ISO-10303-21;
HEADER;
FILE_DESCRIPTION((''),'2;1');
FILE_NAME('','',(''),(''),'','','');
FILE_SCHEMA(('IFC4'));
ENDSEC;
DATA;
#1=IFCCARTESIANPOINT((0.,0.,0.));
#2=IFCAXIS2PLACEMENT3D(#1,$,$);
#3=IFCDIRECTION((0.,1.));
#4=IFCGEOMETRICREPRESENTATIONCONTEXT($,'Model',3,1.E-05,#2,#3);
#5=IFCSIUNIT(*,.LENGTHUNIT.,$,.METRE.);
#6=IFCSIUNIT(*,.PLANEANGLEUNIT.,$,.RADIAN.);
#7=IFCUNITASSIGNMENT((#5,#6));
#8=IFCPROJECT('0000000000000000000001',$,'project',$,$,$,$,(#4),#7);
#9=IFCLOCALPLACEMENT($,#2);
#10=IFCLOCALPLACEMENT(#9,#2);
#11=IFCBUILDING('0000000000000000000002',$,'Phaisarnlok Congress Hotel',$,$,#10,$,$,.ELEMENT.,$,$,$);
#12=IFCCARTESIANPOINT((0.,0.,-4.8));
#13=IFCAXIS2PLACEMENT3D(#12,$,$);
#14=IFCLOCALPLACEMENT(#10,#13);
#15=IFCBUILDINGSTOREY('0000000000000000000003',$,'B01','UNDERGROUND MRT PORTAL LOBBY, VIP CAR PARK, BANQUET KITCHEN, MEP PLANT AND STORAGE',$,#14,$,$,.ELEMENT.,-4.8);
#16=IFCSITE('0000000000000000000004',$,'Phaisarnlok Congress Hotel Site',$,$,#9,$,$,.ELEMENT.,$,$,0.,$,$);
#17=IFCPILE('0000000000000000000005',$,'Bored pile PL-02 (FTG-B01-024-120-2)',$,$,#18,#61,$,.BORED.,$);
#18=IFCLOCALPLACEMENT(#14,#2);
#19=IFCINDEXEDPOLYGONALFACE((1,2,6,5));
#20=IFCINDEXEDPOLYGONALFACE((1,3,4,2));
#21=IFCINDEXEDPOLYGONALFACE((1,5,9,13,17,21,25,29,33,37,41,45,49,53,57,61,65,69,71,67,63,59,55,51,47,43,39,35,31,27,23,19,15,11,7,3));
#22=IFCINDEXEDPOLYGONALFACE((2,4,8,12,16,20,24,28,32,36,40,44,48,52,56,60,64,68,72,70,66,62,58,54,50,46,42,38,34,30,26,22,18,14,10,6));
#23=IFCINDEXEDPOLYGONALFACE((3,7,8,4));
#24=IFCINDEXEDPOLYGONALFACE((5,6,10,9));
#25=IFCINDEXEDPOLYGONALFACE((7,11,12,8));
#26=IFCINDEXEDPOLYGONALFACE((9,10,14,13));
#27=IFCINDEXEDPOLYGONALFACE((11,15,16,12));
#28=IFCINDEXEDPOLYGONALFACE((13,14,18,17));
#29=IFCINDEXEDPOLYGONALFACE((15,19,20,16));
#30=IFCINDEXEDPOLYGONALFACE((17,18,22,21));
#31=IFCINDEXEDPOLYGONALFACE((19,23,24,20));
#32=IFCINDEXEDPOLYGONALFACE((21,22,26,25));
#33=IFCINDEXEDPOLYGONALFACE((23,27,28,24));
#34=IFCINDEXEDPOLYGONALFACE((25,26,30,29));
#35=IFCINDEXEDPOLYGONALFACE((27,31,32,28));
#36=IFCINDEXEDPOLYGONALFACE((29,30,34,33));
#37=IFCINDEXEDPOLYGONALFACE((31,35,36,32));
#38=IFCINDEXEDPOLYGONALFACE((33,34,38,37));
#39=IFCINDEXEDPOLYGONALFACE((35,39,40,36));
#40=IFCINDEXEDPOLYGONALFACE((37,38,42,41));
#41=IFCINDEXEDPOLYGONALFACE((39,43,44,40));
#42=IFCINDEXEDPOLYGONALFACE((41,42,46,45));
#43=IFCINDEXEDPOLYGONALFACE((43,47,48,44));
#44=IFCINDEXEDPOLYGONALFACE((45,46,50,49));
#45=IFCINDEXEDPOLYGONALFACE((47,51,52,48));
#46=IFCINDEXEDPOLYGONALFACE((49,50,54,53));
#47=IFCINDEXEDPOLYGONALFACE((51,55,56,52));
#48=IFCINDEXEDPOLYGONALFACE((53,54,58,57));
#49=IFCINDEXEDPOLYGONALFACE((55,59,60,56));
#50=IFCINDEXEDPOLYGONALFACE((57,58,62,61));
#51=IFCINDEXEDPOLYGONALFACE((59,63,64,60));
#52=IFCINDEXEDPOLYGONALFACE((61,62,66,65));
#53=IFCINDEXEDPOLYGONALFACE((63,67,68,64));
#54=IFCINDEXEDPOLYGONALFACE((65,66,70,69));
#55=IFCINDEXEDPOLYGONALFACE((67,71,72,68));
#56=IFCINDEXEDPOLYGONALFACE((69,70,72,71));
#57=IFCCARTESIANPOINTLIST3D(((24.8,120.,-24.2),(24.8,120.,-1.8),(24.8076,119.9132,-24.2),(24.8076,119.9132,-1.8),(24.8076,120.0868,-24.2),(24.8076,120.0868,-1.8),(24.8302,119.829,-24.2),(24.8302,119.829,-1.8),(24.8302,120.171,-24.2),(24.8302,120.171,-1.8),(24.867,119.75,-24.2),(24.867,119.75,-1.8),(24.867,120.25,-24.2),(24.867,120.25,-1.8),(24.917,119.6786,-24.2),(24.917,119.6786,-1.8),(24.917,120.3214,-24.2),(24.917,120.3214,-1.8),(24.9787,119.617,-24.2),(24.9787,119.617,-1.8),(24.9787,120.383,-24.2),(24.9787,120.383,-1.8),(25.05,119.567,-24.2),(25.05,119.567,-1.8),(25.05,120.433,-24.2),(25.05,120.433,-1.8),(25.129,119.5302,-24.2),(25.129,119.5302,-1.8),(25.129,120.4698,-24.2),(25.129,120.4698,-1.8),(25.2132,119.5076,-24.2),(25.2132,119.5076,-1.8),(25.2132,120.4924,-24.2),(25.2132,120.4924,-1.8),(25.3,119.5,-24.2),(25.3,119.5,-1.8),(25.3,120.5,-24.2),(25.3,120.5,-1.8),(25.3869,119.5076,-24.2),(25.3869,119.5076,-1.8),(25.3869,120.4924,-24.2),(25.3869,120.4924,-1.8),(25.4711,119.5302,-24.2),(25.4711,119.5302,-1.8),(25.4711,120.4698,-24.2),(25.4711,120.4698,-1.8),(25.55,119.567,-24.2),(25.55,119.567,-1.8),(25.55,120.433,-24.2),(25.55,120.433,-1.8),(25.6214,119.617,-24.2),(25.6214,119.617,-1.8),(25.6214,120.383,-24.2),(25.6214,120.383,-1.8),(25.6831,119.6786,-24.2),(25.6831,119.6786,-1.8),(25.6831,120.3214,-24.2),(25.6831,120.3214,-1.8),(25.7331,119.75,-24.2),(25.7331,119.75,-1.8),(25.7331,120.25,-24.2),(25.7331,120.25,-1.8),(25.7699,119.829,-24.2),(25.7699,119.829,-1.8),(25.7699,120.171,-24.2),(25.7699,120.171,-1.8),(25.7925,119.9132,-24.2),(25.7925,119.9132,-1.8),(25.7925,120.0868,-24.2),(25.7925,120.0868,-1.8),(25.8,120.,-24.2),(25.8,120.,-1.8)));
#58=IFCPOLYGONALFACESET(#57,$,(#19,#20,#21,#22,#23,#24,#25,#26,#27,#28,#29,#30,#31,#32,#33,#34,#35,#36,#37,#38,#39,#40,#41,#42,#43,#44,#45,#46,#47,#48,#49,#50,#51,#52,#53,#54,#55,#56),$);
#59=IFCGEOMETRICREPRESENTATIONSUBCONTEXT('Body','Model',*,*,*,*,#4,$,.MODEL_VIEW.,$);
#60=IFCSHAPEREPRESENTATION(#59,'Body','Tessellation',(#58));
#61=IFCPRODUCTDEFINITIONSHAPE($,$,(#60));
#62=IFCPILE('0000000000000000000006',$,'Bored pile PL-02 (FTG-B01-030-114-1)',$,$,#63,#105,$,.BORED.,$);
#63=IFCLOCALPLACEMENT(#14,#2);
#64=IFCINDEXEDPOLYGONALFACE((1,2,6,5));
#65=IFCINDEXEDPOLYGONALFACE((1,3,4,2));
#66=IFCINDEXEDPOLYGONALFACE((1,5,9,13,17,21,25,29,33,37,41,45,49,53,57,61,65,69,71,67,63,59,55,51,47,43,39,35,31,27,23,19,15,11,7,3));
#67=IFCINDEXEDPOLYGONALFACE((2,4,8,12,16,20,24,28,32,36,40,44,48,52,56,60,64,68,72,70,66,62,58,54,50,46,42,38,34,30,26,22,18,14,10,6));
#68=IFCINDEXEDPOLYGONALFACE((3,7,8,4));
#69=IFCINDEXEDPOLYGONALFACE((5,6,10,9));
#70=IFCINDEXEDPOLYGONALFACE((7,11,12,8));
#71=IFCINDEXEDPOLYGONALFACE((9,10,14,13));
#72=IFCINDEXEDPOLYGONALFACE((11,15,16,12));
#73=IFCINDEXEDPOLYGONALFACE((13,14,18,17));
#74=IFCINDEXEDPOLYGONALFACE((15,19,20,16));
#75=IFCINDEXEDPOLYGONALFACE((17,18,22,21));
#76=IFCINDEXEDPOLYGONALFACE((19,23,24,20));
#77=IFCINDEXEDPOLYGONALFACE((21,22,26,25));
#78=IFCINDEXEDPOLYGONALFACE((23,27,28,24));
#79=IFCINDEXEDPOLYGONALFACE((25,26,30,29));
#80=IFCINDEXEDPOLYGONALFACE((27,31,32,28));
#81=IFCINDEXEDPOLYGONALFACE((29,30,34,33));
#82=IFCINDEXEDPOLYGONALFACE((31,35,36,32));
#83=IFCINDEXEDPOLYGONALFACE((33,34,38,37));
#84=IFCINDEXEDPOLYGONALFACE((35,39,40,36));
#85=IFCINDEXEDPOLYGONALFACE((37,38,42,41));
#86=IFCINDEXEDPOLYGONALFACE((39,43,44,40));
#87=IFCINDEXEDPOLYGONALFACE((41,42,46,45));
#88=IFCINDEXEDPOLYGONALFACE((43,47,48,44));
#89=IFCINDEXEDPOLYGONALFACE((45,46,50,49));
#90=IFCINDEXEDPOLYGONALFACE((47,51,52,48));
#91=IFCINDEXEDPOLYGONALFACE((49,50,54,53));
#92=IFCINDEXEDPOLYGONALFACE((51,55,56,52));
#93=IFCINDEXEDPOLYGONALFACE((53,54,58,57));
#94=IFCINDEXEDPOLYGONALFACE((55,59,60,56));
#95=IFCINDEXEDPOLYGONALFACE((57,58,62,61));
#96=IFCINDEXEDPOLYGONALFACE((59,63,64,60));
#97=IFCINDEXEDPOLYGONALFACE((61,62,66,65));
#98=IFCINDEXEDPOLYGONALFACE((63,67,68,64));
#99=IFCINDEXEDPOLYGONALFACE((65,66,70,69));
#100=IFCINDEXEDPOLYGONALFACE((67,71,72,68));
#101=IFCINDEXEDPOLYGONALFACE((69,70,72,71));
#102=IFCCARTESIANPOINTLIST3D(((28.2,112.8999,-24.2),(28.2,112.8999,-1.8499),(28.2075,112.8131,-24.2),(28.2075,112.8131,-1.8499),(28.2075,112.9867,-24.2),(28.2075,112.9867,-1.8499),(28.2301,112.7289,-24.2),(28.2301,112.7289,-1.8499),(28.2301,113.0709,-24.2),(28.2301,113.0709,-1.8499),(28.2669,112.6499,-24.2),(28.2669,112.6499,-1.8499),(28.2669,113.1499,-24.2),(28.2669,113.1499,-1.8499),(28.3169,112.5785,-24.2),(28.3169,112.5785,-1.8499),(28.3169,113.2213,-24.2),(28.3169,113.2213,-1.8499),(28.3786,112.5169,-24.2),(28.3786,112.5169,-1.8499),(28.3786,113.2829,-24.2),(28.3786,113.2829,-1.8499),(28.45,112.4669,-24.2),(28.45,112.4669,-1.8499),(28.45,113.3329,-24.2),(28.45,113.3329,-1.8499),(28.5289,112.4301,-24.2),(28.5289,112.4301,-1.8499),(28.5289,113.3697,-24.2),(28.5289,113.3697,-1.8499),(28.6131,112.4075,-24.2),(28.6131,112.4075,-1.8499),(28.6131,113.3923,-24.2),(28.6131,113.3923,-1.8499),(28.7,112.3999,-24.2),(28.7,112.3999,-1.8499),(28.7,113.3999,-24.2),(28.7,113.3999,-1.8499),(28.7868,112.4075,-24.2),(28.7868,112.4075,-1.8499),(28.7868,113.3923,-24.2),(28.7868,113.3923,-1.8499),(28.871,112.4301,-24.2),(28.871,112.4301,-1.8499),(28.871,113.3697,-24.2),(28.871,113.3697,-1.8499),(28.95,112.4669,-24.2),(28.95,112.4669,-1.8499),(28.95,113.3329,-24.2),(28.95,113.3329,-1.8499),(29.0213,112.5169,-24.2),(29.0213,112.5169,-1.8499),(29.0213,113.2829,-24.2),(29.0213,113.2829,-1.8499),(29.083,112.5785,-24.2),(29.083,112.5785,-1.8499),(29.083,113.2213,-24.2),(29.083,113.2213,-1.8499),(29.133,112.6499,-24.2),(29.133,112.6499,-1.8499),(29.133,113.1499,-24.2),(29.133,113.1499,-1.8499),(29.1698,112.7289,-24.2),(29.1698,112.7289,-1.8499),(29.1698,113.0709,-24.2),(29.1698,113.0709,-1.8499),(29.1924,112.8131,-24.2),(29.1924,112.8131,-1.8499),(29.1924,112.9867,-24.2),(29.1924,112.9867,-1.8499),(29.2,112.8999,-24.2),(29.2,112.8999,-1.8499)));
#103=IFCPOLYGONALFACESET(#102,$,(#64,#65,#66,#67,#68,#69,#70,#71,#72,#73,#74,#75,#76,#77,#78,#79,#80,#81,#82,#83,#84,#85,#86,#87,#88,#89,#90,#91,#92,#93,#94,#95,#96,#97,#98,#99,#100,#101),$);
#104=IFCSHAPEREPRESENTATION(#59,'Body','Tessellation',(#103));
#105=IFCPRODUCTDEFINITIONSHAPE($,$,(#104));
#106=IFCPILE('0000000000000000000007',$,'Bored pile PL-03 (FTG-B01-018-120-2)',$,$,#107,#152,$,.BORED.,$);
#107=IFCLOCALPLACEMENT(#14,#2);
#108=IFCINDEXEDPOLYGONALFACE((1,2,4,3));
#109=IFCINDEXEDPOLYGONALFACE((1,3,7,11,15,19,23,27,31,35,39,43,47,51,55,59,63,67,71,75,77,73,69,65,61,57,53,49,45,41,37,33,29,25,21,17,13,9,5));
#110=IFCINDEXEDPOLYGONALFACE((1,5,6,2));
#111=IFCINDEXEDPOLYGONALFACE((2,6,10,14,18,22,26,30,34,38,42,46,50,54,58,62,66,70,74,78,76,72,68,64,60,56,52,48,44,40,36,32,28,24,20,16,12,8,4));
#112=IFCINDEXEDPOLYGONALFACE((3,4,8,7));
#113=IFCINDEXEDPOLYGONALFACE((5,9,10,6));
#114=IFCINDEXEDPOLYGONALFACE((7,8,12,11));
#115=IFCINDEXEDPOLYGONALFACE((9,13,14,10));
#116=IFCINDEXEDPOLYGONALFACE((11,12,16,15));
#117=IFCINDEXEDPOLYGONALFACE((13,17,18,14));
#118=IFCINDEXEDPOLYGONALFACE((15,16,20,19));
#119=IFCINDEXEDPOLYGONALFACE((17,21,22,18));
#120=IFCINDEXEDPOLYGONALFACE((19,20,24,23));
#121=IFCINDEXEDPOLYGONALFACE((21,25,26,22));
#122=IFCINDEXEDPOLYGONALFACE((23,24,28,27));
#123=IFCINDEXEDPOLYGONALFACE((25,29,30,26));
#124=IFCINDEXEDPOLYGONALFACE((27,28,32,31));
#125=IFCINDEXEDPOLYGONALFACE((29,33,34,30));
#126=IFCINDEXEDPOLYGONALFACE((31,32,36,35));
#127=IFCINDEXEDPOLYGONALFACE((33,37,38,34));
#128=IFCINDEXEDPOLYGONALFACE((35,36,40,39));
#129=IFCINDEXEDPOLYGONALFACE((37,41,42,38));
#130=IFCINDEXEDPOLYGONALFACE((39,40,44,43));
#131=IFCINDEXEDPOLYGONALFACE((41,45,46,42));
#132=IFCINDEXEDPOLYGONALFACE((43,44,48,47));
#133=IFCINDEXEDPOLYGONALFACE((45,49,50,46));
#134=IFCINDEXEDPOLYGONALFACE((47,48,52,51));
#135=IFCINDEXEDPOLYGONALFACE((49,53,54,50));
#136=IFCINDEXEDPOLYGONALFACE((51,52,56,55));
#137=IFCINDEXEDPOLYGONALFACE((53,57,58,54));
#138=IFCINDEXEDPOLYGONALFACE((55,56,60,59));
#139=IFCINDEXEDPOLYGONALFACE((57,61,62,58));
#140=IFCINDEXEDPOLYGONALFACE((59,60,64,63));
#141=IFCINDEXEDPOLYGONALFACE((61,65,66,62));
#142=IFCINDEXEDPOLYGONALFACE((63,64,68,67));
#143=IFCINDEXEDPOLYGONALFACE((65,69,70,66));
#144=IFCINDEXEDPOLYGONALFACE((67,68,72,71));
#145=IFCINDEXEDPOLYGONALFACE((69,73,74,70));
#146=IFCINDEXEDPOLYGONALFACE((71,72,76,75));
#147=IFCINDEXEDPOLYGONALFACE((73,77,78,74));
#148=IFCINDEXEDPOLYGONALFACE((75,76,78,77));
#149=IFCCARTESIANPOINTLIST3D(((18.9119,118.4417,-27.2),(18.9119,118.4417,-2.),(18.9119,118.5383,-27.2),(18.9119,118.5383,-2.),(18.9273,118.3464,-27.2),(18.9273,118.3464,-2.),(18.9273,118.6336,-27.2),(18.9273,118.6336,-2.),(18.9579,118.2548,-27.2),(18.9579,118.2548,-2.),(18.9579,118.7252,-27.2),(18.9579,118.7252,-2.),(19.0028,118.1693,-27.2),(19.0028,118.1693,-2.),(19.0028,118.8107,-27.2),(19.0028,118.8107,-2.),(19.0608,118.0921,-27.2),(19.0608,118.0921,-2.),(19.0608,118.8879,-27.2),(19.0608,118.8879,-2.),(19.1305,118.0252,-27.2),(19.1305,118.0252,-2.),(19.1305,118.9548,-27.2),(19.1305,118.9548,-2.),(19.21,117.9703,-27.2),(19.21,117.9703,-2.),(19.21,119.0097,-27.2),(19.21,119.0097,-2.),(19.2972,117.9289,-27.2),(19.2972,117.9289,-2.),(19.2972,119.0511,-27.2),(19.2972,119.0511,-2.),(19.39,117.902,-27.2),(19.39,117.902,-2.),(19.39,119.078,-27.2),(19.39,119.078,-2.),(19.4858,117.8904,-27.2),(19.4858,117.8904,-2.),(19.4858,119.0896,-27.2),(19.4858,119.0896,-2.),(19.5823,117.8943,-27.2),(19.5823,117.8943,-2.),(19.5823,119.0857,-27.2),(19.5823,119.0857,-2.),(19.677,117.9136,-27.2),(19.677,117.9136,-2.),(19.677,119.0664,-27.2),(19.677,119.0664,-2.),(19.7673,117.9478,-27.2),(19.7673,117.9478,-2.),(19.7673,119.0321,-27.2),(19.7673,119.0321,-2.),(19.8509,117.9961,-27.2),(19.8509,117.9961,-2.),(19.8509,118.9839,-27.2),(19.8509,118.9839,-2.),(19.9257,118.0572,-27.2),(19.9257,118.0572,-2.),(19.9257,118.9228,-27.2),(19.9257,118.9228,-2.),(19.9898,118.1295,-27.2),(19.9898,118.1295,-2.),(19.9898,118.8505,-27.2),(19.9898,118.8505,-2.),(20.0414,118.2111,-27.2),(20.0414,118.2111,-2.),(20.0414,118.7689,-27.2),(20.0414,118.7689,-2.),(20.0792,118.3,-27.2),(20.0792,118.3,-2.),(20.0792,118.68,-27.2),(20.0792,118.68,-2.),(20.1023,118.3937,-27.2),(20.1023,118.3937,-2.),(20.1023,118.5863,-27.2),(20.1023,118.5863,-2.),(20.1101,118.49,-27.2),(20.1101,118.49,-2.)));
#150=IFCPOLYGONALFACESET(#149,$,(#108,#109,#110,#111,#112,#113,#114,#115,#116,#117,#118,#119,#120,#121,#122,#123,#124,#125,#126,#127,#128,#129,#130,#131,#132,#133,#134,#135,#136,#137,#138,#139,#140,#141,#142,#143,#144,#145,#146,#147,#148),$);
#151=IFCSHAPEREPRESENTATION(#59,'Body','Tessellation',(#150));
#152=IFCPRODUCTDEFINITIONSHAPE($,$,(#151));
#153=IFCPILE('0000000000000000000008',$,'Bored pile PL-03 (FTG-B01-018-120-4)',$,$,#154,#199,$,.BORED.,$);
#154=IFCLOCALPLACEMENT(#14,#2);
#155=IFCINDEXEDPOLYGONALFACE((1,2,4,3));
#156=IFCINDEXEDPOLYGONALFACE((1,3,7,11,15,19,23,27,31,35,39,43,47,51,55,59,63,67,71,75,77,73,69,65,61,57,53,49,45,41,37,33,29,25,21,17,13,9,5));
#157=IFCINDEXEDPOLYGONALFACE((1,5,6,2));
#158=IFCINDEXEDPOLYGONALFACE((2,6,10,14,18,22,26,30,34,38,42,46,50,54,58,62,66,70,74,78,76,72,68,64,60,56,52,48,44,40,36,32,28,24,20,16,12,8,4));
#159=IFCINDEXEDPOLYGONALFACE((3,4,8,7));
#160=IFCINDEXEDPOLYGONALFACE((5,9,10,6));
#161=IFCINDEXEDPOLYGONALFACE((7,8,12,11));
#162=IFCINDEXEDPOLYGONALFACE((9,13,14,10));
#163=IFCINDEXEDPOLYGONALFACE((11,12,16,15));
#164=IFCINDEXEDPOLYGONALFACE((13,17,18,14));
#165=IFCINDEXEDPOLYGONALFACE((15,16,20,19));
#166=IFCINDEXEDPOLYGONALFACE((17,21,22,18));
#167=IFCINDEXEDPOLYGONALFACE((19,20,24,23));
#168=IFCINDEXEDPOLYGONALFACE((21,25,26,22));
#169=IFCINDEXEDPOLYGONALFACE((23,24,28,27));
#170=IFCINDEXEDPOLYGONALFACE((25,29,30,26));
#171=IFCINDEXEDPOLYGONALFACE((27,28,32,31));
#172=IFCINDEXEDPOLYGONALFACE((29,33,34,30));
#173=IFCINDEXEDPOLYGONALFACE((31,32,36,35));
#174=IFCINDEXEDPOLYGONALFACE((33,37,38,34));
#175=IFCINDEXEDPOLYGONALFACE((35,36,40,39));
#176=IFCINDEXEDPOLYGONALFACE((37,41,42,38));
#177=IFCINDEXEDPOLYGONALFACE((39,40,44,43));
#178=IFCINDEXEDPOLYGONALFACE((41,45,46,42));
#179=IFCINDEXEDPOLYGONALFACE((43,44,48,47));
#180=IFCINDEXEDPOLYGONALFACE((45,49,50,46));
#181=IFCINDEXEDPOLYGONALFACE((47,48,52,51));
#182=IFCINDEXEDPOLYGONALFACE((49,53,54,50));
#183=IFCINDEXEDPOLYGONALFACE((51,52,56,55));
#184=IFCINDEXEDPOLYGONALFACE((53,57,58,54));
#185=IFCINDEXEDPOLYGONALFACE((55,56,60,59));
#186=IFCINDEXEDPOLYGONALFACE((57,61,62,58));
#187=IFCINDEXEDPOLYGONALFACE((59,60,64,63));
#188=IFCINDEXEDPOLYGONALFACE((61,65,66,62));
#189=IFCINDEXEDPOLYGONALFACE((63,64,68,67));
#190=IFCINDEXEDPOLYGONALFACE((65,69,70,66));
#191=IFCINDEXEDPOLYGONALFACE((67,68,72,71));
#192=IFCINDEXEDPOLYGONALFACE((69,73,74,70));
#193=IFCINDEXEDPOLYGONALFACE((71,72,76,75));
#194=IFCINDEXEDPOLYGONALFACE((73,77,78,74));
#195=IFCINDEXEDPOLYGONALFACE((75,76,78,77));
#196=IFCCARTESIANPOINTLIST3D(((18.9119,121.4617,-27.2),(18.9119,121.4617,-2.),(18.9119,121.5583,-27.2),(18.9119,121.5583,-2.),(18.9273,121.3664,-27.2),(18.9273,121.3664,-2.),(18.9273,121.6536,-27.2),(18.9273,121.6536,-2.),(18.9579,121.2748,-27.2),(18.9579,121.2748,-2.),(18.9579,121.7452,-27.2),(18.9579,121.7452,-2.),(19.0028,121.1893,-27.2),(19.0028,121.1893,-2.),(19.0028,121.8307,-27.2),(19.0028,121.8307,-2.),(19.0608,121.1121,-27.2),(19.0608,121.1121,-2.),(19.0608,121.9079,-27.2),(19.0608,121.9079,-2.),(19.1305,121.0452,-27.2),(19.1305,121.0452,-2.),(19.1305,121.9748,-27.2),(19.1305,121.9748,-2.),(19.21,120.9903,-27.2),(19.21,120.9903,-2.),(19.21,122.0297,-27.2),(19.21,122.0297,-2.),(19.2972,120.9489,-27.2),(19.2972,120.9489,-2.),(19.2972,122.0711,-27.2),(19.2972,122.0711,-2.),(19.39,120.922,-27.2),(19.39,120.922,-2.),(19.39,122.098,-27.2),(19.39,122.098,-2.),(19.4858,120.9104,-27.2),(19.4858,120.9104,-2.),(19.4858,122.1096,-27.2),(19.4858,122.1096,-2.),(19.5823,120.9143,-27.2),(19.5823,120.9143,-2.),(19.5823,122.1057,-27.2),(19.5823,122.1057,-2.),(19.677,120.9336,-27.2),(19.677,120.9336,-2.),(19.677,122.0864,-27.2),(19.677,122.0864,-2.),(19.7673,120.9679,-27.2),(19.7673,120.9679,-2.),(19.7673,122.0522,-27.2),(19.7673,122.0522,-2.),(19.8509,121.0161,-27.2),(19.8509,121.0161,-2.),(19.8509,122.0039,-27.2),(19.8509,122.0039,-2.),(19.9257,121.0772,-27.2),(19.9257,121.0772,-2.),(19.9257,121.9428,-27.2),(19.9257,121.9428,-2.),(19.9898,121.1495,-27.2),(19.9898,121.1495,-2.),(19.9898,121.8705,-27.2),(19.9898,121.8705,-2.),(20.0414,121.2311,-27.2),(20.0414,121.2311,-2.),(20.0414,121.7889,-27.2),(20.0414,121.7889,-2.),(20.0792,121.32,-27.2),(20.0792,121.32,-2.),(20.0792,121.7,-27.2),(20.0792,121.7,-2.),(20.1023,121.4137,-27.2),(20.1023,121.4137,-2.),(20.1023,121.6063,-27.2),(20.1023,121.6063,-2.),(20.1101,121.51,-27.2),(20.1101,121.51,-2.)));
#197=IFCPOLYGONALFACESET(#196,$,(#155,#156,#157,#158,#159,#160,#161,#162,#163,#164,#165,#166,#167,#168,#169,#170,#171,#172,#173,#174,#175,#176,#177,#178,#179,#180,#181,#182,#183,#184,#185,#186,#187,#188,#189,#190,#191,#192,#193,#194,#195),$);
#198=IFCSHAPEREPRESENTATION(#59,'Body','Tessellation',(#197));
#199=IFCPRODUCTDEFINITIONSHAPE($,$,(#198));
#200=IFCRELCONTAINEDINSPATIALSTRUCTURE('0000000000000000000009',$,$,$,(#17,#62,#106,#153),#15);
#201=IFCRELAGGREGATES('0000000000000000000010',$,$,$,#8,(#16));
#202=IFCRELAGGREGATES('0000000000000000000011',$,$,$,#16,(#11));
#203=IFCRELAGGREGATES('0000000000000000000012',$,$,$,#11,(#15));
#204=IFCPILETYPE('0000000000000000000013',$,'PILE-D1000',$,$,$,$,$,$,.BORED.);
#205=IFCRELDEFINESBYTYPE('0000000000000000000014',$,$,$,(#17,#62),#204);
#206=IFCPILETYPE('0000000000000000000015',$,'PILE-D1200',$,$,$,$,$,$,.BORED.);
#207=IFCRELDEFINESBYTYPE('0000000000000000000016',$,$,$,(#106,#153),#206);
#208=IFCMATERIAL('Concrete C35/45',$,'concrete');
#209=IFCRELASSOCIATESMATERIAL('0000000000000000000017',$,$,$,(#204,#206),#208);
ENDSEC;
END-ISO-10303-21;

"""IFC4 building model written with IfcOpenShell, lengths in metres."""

from ifc_helpers import new_model, si_unit, direction, frame, origin, origin_2d, place, context, subcontext, project, spatial, circle, extrude, material, material_profile, profile_set, type_object, element, save


model = new_model("IFC4")

# Units and contexts
model_context = context("Model", 3, precision=1e-05, world=origin(), true_north=direction((0.0, 1.0)))
body_context = subcontext(model_context, "Body", "Model", "MODEL_VIEW")
ifc_project = project(units=[si_unit("LENGTHUNIT", "METRE"), si_unit("PLANEANGLEUNIT", "RADIAN")], contexts=[model_context])

# Site, building, storey
site_placement = place(None, origin())
site = spatial("IfcSite", under=ifc_project, at=site_placement, Name="Phaisarnlok Congress Hotel Site", CompositionType="ELEMENT", RefElevation=0.0)
building_placement = place(site_placement, origin())
building = spatial("IfcBuilding", under=site, at=building_placement, Name="Phaisarnlok Congress Hotel", CompositionType="ELEMENT")
storey_placement = place(building_placement, frame((0.0, 0.0, -4.8)))
storey = spatial("IfcBuildingStorey", under=building, at=storey_placement, Name="B01", Description="UNDERGROUND MRT PORTAL LOBBY, VIP CAR PARK, BANQUET KITCHEN, MEP PLANT AND STORAGE", CompositionType="ELEMENT", Elevation=-4.8)

# Piles
ifc_material_1 = material(Name="Concrete C35/45", Category="concrete")
ifc_material_profile_1 = material_profile(ifc_material_1, circle(Radius=0.5, at=origin_2d()), Name="BORED PILE D1000")
ifc_profile_set_1 = profile_set([ifc_material_profile_1], Name="Concrete C35/45")
pile_type_1 = type_object("IfcPileType", Name="PILE-D1000", PredefinedType="BORED", material=ifc_profile_set_1)
for number, where, z_axis, x_axis, name in (
    (1, (25.3, 120.0, -1.8), (0.0, 0.0, -1.0), (1.0, 0.0, 0.0), "Bored pile PL-02 (FTG-B01-024-120-2)"),
):
    element("IfcPile", number, at=place(storey_placement, frame(where, z_axis=z_axis, x_axis=x_axis)), inside=storey, type_object=pile_type_1, Name=name, PredefinedType="BORED", context=body_context, shape_type="SweptSolid", body=[
        extrude(circle(Radius=0.5, at=origin_2d()), origin(), (0.0, 0.0, 1.0), 22.3999),
    ])
pile_placement = place(storey_placement, frame((28.7, 112.8999, -1.8499), z_axis=(0.0, 0.0, -1.0), x_axis=(1.0, 0.0, 0.0)))
element("IfcPile", 2, at=pile_placement, inside=storey, type_object=pile_type_1, Name="Bored pile PL-02 (FTG-B01-030-114-1)", PredefinedType="BORED", context=body_context, shape_type="SweptSolid", body=[
    extrude(circle(Radius=0.5, at=origin_2d()), origin(), (0.0, 0.0, 1.0), 22.3501),
])
ifc_material_profile_2 = material_profile(ifc_material_1, circle(Radius=0.6001, at=origin_2d()), Name="BORED PILE D1200")
ifc_profile_set_2 = profile_set([ifc_material_profile_2], Name="Concrete C35/45")
pile_type_2 = type_object("IfcPileType", Name="PILE-D1200", PredefinedType="BORED", material=ifc_profile_set_2)
for number, where, z_axis, x_axis, name in (
    (3, (19.51, 118.49, -2.0), (0.0, 0.0, -1.0), (1.0, 0.0, 0.0), "Bored pile PL-03 (FTG-B01-018-120-2)"),
    (4, (19.51, 121.51, -2.0), (0.0, 0.0, -1.0), (1.0, 0.0, 0.0), "Bored pile PL-03 (FTG-B01-018-120-4)"),
):
    element("IfcPile", number, at=place(storey_placement, frame(where, z_axis=z_axis, x_axis=x_axis)), inside=storey, type_object=pile_type_2, Name=name, PredefinedType="BORED", context=body_context, shape_type="SweptSolid", body=[
        extrude(circle(Radius=0.6001, at=origin_2d()), origin(), (0.0, 0.0, 1.0), 25.2),
    ])

save(model, "model.ifc")
